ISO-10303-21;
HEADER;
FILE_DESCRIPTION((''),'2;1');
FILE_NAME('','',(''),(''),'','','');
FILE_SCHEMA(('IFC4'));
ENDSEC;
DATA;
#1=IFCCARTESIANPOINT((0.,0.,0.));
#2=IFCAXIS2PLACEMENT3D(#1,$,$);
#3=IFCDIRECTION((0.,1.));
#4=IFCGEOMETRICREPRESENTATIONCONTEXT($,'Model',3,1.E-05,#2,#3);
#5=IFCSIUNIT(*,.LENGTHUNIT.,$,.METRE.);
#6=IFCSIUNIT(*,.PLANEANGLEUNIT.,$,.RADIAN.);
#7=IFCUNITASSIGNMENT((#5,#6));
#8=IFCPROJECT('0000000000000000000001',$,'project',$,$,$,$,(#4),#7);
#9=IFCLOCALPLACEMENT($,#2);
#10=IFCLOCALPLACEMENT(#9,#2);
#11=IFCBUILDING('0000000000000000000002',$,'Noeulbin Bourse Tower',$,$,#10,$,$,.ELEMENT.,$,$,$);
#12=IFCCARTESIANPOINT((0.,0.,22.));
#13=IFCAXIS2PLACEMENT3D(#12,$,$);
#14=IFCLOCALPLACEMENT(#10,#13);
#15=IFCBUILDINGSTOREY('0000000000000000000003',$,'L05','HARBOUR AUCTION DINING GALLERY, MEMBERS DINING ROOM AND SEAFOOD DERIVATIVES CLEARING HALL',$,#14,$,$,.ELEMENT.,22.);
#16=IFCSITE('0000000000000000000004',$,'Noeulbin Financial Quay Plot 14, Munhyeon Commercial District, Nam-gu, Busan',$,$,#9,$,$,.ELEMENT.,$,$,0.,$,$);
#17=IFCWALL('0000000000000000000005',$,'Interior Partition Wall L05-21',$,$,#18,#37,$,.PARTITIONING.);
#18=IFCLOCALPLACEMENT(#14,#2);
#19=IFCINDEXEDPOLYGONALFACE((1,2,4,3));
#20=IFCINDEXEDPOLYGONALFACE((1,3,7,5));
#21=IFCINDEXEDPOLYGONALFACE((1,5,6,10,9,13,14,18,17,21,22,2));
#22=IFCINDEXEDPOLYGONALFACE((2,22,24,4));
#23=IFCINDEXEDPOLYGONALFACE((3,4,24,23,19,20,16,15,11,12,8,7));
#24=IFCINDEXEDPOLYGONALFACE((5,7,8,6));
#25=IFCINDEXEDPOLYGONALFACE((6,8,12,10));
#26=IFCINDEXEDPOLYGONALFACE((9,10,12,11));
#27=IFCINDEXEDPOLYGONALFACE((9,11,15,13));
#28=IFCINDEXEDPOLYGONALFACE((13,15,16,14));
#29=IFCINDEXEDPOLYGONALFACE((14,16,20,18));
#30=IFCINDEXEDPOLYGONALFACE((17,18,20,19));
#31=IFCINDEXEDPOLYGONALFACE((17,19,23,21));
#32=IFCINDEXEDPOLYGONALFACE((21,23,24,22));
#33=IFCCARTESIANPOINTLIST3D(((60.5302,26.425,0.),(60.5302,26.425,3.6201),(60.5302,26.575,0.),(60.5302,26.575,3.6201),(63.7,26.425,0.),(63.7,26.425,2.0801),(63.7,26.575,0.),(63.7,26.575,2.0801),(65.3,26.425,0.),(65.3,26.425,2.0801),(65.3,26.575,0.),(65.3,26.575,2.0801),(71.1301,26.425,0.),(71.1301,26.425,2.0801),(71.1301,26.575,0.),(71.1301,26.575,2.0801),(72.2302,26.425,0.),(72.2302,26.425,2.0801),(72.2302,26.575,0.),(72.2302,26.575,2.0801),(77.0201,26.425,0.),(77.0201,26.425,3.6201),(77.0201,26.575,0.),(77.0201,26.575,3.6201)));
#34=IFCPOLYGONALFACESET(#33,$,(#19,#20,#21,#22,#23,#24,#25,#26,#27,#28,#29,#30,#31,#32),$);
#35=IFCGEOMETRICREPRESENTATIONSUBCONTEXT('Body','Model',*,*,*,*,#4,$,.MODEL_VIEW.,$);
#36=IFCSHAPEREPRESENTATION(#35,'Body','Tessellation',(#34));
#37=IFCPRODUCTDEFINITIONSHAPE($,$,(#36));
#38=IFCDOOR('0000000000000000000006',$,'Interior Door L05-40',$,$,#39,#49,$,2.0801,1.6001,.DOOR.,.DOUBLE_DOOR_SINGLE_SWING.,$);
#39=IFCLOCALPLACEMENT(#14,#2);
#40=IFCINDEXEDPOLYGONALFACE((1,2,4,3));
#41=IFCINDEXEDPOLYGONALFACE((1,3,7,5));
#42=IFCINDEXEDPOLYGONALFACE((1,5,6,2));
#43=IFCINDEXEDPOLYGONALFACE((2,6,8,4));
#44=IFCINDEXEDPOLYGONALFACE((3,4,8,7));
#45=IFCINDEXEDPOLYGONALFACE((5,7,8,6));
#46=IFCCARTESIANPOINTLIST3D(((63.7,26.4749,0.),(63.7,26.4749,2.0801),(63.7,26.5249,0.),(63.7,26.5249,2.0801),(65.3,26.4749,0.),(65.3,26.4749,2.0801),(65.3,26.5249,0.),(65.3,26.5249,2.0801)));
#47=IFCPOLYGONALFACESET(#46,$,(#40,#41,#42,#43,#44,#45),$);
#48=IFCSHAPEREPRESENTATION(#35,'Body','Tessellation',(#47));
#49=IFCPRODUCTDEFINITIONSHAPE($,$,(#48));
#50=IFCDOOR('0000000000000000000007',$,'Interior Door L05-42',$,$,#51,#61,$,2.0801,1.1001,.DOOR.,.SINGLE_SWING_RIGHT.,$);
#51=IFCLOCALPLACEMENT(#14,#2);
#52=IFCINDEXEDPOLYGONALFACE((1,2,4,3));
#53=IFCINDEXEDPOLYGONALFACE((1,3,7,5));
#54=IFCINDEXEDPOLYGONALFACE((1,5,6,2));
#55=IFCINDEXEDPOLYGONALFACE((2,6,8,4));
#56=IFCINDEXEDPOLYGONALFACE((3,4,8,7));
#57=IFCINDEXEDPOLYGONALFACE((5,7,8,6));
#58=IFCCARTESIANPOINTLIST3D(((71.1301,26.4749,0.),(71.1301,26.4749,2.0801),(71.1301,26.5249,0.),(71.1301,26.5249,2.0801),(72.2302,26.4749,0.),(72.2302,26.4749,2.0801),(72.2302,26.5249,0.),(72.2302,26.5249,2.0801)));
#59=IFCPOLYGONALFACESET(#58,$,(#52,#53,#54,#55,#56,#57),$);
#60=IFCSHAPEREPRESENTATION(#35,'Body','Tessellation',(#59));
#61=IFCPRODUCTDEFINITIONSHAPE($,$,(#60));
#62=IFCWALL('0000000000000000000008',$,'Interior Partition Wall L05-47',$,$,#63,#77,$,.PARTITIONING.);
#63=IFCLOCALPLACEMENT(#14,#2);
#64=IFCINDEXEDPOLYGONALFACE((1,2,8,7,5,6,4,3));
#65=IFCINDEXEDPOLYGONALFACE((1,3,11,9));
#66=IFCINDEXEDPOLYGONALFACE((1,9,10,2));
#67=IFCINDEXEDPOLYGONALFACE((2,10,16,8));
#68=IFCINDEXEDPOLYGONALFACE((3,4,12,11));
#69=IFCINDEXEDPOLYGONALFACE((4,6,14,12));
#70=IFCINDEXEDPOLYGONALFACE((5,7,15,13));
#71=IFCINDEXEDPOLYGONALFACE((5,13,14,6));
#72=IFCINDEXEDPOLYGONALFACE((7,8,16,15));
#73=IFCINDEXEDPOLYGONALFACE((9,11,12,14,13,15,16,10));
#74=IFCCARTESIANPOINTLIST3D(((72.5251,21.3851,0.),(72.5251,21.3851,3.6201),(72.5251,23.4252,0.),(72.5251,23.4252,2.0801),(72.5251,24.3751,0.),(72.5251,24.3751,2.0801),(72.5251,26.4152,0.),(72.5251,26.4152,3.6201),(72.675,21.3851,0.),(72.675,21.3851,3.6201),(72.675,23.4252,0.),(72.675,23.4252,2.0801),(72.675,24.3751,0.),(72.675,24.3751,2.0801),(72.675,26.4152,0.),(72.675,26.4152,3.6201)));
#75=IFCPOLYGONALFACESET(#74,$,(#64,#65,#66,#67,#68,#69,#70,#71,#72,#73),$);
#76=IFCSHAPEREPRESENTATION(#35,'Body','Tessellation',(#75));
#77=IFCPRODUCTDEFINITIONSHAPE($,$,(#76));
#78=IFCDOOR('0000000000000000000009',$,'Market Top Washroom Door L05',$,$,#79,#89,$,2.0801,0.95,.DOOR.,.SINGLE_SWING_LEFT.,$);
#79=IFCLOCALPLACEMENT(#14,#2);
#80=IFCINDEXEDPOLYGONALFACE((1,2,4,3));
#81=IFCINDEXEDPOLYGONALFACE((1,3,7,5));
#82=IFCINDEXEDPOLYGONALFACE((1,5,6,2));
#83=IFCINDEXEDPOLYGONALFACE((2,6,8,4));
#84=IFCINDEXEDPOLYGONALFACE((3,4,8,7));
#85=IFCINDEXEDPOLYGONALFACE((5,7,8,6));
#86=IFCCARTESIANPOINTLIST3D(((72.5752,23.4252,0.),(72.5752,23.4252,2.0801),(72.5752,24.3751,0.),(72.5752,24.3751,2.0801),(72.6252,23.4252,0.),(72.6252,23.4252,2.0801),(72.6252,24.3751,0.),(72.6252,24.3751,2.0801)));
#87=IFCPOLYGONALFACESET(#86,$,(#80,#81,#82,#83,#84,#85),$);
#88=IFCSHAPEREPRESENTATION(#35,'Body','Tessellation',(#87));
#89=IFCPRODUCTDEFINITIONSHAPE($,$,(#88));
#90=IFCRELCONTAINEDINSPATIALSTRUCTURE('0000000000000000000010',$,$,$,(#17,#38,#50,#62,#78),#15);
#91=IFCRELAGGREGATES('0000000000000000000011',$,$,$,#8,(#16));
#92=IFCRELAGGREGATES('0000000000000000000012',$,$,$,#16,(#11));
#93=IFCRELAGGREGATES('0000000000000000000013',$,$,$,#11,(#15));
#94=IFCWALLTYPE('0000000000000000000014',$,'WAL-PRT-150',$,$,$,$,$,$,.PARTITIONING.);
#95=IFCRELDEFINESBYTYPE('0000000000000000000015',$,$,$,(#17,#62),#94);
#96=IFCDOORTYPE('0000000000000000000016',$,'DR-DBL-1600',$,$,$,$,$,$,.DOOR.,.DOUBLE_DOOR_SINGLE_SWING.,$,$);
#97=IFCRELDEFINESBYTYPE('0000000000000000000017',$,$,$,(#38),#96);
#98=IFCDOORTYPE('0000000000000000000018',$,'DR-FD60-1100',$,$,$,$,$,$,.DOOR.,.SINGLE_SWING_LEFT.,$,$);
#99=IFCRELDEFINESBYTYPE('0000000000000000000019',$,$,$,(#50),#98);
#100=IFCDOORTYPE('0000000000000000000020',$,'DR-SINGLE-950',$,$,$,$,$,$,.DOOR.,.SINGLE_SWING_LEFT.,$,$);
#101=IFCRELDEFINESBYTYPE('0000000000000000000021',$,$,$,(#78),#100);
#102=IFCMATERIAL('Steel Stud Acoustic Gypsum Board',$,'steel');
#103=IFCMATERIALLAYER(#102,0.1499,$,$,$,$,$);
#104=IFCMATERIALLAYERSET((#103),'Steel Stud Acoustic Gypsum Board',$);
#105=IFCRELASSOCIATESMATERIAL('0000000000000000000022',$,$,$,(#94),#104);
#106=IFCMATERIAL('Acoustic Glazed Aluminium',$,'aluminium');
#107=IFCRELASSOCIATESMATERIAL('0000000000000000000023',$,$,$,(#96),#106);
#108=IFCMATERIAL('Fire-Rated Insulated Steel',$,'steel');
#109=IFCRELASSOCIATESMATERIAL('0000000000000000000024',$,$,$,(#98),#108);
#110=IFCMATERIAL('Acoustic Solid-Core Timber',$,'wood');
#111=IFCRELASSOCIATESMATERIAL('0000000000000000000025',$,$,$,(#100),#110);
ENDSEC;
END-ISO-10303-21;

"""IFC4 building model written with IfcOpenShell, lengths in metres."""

from ifc_helpers import new_model, si_unit, direction, frame, frame_2d, origin, place, context, subcontext, project, spatial, rectangle, extrude, material, layer, layer_set, type_object, element, fill, save


model = new_model("IFC4")

# Units and contexts
model_context = context("Model", 3, precision=1e-05, world=origin(), true_north=direction((0.0, 1.0)))
body_context = subcontext(model_context, "Body", "Model", "MODEL_VIEW")
ifc_project = project(units=[si_unit("LENGTHUNIT", "METRE"), si_unit("PLANEANGLEUNIT", "RADIAN")], contexts=[model_context])

# Site, building, storey
site_placement = place(None, origin())
site = spatial("IfcSite", under=ifc_project, at=site_placement, Name="Noeulbin Financial Quay Plot 14, Munhyeon Commercial District, Nam-gu, Busan", CompositionType="ELEMENT", RefElevation=0.0)
building_placement = place(site_placement, origin())
building = spatial("IfcBuilding", under=site, at=building_placement, Name="Noeulbin Bourse Tower", CompositionType="ELEMENT")
storey_placement = place(building_placement, frame((0.0, 0.0, 22.0)))
storey = spatial("IfcBuildingStorey", under=building, at=storey_placement, Name="L05", Description="HARBOUR AUCTION DINING GALLERY, MEMBERS DINING ROOM AND SEAFOOD DERIVATIVES CLEARING HALL", CompositionType="ELEMENT", Elevation=22.0)

# Wall, openings, doors
ifc_material_1 = material(Name="Steel Stud Acoustic Gypsum Board", Category="steel")
ifc_layer_1 = layer(ifc_material_1, 0.1499)
ifc_layer_set_1 = layer_set([ifc_layer_1], Name="Steel Stud Acoustic Gypsum Board")
wall_type = type_object("IfcWallType", Name="WAL-PRT-150", PredefinedType="PARTITIONING", material=ifc_layer_set_1)
ifc_material_2 = material(Name="Acoustic Glazed Aluminium", Category="aluminium")
door_type_1 = type_object("IfcDoorType", Name="DR-DBL-1600", OperationType="DOUBLE_DOOR_SINGLE_SWING", PredefinedType="DOOR", material=ifc_material_2)
ifc_material_3 = material(Name="Fire-Rated Insulated Steel", Category="steel")
door_type_2 = type_object("IfcDoorType", Name="DR-FD60-1100", OperationType="SINGLE_SWING_LEFT", PredefinedType="DOOR", material=ifc_material_3)
wall_1_placement = place(storey_placement, frame((60.53, 26.5, 0.0), z_axis=(0.0, 0.0, 1.0), x_axis=(1.0, 0.0, 0.0)))
wall_1 = element("IfcWall", 1, at=wall_1_placement, inside=storey, type_object=wall_type, Name="Interior Partition Wall L05-21", PredefinedType="PARTITIONING", context=body_context, shape_type="SweptSolid", body=[
    extrude(rectangle(XDim=16.49, YDim=0.1499, at=frame_2d((8.2451, 0.0))), origin(), (0.0, 0.0, 1.0), 3.6201),
])
opening_1_placement = place(wall_1_placement, frame((3.1699, 0.0, 0.0)))
opening_1 = element("IfcOpeningElement", 2, at=opening_1_placement, cuts=wall_1, PredefinedType="OPENING", context=body_context, shape_type="SweptSolid", body=[
    extrude(rectangle(XDim=1.6001, YDim=2.0801, at=frame_2d((0.8, 1.04))), frame((0.0, 0.085, 0.0), z_axis=(0.0, -1.0, 0.0), x_axis=(1.0, 0.0, 0.0)), (0.0, 0.0, 1.0), 0.1699),
])
opening_2_placement = place(wall_1_placement, frame((10.6001, 0.0, 0.0)))
opening_2 = element("IfcOpeningElement", 3, at=opening_2_placement, cuts=wall_1, PredefinedType="OPENING", context=body_context, shape_type="SweptSolid", body=[
    extrude(rectangle(XDim=1.1001, YDim=2.0801, at=frame_2d((0.55, 1.04))), frame((0.0, 0.085, 0.0), z_axis=(0.0, -1.0, 0.0), x_axis=(1.0, 0.0, 0.0)), (0.0, 0.0, 1.0), 0.1699),
])
door_1_placement = place(opening_1_placement, origin())
door_1 = element("IfcDoor", 4, at=door_1_placement, inside=storey, type_object=door_type_1, Name="Interior Door L05-40", OperationType="DOUBLE_DOOR_SINGLE_SWING", OverallHeight=2.0801, OverallWidth=1.6001, PredefinedType="DOOR", context=body_context, shape_type="SweptSolid", body=[
    extrude(rectangle(XDim=1.6001, YDim=2.0801, at=frame_2d((0.8, 1.04))), frame((0.0, 0.0249, 0.0), z_axis=(0.0, -1.0, 0.0), x_axis=(1.0, 0.0, 0.0)), (0.0, 0.0, 1.0), 0.05),
])
fill(opening_1, door_1)
door_2_placement = place(opening_2_placement, origin())
door_2 = element("IfcDoor", 5, at=door_2_placement, inside=storey, type_object=door_type_2, Name="Interior Door L05-42", OperationType="SINGLE_SWING_RIGHT", OverallHeight=2.0801, OverallWidth=1.1001, PredefinedType="DOOR", context=body_context, shape_type="SweptSolid", body=[
    extrude(rectangle(XDim=1.1001, YDim=2.0801, at=frame_2d((0.55, 1.04))), frame((0.0, 0.0249, 0.0), z_axis=(0.0, -1.0, 0.0), x_axis=(1.0, 0.0, 0.0)), (0.0, 0.0, 1.0), 0.05),
])
fill(opening_2, door_2)

# Wall, opening, door
wall_2_placement = place(storey_placement, frame((72.6001, 21.385, 0.0), z_axis=(0.0, 0.0, 1.0), x_axis=(0.0, 1.0, 0.0)))
wall_2 = element("IfcWall", 6, at=wall_2_placement, inside=storey, type_object=wall_type, Name="Interior Partition Wall L05-47", PredefinedType="PARTITIONING", context=body_context, shape_type="SweptSolid", body=[
    extrude(rectangle(XDim=5.03, YDim=0.1499, at=frame_2d((2.5151, 0.0))), origin(), (0.0, 0.0, 1.0), 3.6201),
])
opening_3_placement = place(wall_2_placement, frame((2.04, 0.0, 0.0)))
opening_3 = element("IfcOpeningElement", 7, at=opening_3_placement, cuts=wall_2, PredefinedType="OPENING", context=body_context, shape_type="SweptSolid", body=[
    extrude(rectangle(XDim=0.95, YDim=2.0801, at=frame_2d((0.4751, 1.04))), frame((0.0, 0.085, 0.0), z_axis=(0.0, -1.0, 0.0), x_axis=(1.0, 0.0, 0.0)), (0.0, 0.0, 1.0), 0.1699),
])
ifc_material_4 = material(Name="Acoustic Solid-Core Timber", Category="wood")
door_type_3 = type_object("IfcDoorType", Name="DR-SINGLE-950", OperationType="SINGLE_SWING_LEFT", PredefinedType="DOOR", material=ifc_material_4)
door_3_placement = place(opening_3_placement, origin())
door_3 = element("IfcDoor", 8, at=door_3_placement, inside=storey, type_object=door_type_3, Name="Market Top Washroom Door L05", OperationType="SINGLE_SWING_LEFT", OverallHeight=2.0801, OverallWidth=0.95, PredefinedType="DOOR", context=body_context, shape_type="SweptSolid", body=[
    extrude(rectangle(XDim=0.95, YDim=2.0801, at=frame_2d((0.4751, 1.04))), frame((0.0, 0.0249, 0.0), z_axis=(0.0, -1.0, 0.0), x_axis=(1.0, 0.0, 0.0)), (0.0, 0.0, 1.0), 0.05),
])
fill(opening_3, door_3)

save(model, "model.ifc")
